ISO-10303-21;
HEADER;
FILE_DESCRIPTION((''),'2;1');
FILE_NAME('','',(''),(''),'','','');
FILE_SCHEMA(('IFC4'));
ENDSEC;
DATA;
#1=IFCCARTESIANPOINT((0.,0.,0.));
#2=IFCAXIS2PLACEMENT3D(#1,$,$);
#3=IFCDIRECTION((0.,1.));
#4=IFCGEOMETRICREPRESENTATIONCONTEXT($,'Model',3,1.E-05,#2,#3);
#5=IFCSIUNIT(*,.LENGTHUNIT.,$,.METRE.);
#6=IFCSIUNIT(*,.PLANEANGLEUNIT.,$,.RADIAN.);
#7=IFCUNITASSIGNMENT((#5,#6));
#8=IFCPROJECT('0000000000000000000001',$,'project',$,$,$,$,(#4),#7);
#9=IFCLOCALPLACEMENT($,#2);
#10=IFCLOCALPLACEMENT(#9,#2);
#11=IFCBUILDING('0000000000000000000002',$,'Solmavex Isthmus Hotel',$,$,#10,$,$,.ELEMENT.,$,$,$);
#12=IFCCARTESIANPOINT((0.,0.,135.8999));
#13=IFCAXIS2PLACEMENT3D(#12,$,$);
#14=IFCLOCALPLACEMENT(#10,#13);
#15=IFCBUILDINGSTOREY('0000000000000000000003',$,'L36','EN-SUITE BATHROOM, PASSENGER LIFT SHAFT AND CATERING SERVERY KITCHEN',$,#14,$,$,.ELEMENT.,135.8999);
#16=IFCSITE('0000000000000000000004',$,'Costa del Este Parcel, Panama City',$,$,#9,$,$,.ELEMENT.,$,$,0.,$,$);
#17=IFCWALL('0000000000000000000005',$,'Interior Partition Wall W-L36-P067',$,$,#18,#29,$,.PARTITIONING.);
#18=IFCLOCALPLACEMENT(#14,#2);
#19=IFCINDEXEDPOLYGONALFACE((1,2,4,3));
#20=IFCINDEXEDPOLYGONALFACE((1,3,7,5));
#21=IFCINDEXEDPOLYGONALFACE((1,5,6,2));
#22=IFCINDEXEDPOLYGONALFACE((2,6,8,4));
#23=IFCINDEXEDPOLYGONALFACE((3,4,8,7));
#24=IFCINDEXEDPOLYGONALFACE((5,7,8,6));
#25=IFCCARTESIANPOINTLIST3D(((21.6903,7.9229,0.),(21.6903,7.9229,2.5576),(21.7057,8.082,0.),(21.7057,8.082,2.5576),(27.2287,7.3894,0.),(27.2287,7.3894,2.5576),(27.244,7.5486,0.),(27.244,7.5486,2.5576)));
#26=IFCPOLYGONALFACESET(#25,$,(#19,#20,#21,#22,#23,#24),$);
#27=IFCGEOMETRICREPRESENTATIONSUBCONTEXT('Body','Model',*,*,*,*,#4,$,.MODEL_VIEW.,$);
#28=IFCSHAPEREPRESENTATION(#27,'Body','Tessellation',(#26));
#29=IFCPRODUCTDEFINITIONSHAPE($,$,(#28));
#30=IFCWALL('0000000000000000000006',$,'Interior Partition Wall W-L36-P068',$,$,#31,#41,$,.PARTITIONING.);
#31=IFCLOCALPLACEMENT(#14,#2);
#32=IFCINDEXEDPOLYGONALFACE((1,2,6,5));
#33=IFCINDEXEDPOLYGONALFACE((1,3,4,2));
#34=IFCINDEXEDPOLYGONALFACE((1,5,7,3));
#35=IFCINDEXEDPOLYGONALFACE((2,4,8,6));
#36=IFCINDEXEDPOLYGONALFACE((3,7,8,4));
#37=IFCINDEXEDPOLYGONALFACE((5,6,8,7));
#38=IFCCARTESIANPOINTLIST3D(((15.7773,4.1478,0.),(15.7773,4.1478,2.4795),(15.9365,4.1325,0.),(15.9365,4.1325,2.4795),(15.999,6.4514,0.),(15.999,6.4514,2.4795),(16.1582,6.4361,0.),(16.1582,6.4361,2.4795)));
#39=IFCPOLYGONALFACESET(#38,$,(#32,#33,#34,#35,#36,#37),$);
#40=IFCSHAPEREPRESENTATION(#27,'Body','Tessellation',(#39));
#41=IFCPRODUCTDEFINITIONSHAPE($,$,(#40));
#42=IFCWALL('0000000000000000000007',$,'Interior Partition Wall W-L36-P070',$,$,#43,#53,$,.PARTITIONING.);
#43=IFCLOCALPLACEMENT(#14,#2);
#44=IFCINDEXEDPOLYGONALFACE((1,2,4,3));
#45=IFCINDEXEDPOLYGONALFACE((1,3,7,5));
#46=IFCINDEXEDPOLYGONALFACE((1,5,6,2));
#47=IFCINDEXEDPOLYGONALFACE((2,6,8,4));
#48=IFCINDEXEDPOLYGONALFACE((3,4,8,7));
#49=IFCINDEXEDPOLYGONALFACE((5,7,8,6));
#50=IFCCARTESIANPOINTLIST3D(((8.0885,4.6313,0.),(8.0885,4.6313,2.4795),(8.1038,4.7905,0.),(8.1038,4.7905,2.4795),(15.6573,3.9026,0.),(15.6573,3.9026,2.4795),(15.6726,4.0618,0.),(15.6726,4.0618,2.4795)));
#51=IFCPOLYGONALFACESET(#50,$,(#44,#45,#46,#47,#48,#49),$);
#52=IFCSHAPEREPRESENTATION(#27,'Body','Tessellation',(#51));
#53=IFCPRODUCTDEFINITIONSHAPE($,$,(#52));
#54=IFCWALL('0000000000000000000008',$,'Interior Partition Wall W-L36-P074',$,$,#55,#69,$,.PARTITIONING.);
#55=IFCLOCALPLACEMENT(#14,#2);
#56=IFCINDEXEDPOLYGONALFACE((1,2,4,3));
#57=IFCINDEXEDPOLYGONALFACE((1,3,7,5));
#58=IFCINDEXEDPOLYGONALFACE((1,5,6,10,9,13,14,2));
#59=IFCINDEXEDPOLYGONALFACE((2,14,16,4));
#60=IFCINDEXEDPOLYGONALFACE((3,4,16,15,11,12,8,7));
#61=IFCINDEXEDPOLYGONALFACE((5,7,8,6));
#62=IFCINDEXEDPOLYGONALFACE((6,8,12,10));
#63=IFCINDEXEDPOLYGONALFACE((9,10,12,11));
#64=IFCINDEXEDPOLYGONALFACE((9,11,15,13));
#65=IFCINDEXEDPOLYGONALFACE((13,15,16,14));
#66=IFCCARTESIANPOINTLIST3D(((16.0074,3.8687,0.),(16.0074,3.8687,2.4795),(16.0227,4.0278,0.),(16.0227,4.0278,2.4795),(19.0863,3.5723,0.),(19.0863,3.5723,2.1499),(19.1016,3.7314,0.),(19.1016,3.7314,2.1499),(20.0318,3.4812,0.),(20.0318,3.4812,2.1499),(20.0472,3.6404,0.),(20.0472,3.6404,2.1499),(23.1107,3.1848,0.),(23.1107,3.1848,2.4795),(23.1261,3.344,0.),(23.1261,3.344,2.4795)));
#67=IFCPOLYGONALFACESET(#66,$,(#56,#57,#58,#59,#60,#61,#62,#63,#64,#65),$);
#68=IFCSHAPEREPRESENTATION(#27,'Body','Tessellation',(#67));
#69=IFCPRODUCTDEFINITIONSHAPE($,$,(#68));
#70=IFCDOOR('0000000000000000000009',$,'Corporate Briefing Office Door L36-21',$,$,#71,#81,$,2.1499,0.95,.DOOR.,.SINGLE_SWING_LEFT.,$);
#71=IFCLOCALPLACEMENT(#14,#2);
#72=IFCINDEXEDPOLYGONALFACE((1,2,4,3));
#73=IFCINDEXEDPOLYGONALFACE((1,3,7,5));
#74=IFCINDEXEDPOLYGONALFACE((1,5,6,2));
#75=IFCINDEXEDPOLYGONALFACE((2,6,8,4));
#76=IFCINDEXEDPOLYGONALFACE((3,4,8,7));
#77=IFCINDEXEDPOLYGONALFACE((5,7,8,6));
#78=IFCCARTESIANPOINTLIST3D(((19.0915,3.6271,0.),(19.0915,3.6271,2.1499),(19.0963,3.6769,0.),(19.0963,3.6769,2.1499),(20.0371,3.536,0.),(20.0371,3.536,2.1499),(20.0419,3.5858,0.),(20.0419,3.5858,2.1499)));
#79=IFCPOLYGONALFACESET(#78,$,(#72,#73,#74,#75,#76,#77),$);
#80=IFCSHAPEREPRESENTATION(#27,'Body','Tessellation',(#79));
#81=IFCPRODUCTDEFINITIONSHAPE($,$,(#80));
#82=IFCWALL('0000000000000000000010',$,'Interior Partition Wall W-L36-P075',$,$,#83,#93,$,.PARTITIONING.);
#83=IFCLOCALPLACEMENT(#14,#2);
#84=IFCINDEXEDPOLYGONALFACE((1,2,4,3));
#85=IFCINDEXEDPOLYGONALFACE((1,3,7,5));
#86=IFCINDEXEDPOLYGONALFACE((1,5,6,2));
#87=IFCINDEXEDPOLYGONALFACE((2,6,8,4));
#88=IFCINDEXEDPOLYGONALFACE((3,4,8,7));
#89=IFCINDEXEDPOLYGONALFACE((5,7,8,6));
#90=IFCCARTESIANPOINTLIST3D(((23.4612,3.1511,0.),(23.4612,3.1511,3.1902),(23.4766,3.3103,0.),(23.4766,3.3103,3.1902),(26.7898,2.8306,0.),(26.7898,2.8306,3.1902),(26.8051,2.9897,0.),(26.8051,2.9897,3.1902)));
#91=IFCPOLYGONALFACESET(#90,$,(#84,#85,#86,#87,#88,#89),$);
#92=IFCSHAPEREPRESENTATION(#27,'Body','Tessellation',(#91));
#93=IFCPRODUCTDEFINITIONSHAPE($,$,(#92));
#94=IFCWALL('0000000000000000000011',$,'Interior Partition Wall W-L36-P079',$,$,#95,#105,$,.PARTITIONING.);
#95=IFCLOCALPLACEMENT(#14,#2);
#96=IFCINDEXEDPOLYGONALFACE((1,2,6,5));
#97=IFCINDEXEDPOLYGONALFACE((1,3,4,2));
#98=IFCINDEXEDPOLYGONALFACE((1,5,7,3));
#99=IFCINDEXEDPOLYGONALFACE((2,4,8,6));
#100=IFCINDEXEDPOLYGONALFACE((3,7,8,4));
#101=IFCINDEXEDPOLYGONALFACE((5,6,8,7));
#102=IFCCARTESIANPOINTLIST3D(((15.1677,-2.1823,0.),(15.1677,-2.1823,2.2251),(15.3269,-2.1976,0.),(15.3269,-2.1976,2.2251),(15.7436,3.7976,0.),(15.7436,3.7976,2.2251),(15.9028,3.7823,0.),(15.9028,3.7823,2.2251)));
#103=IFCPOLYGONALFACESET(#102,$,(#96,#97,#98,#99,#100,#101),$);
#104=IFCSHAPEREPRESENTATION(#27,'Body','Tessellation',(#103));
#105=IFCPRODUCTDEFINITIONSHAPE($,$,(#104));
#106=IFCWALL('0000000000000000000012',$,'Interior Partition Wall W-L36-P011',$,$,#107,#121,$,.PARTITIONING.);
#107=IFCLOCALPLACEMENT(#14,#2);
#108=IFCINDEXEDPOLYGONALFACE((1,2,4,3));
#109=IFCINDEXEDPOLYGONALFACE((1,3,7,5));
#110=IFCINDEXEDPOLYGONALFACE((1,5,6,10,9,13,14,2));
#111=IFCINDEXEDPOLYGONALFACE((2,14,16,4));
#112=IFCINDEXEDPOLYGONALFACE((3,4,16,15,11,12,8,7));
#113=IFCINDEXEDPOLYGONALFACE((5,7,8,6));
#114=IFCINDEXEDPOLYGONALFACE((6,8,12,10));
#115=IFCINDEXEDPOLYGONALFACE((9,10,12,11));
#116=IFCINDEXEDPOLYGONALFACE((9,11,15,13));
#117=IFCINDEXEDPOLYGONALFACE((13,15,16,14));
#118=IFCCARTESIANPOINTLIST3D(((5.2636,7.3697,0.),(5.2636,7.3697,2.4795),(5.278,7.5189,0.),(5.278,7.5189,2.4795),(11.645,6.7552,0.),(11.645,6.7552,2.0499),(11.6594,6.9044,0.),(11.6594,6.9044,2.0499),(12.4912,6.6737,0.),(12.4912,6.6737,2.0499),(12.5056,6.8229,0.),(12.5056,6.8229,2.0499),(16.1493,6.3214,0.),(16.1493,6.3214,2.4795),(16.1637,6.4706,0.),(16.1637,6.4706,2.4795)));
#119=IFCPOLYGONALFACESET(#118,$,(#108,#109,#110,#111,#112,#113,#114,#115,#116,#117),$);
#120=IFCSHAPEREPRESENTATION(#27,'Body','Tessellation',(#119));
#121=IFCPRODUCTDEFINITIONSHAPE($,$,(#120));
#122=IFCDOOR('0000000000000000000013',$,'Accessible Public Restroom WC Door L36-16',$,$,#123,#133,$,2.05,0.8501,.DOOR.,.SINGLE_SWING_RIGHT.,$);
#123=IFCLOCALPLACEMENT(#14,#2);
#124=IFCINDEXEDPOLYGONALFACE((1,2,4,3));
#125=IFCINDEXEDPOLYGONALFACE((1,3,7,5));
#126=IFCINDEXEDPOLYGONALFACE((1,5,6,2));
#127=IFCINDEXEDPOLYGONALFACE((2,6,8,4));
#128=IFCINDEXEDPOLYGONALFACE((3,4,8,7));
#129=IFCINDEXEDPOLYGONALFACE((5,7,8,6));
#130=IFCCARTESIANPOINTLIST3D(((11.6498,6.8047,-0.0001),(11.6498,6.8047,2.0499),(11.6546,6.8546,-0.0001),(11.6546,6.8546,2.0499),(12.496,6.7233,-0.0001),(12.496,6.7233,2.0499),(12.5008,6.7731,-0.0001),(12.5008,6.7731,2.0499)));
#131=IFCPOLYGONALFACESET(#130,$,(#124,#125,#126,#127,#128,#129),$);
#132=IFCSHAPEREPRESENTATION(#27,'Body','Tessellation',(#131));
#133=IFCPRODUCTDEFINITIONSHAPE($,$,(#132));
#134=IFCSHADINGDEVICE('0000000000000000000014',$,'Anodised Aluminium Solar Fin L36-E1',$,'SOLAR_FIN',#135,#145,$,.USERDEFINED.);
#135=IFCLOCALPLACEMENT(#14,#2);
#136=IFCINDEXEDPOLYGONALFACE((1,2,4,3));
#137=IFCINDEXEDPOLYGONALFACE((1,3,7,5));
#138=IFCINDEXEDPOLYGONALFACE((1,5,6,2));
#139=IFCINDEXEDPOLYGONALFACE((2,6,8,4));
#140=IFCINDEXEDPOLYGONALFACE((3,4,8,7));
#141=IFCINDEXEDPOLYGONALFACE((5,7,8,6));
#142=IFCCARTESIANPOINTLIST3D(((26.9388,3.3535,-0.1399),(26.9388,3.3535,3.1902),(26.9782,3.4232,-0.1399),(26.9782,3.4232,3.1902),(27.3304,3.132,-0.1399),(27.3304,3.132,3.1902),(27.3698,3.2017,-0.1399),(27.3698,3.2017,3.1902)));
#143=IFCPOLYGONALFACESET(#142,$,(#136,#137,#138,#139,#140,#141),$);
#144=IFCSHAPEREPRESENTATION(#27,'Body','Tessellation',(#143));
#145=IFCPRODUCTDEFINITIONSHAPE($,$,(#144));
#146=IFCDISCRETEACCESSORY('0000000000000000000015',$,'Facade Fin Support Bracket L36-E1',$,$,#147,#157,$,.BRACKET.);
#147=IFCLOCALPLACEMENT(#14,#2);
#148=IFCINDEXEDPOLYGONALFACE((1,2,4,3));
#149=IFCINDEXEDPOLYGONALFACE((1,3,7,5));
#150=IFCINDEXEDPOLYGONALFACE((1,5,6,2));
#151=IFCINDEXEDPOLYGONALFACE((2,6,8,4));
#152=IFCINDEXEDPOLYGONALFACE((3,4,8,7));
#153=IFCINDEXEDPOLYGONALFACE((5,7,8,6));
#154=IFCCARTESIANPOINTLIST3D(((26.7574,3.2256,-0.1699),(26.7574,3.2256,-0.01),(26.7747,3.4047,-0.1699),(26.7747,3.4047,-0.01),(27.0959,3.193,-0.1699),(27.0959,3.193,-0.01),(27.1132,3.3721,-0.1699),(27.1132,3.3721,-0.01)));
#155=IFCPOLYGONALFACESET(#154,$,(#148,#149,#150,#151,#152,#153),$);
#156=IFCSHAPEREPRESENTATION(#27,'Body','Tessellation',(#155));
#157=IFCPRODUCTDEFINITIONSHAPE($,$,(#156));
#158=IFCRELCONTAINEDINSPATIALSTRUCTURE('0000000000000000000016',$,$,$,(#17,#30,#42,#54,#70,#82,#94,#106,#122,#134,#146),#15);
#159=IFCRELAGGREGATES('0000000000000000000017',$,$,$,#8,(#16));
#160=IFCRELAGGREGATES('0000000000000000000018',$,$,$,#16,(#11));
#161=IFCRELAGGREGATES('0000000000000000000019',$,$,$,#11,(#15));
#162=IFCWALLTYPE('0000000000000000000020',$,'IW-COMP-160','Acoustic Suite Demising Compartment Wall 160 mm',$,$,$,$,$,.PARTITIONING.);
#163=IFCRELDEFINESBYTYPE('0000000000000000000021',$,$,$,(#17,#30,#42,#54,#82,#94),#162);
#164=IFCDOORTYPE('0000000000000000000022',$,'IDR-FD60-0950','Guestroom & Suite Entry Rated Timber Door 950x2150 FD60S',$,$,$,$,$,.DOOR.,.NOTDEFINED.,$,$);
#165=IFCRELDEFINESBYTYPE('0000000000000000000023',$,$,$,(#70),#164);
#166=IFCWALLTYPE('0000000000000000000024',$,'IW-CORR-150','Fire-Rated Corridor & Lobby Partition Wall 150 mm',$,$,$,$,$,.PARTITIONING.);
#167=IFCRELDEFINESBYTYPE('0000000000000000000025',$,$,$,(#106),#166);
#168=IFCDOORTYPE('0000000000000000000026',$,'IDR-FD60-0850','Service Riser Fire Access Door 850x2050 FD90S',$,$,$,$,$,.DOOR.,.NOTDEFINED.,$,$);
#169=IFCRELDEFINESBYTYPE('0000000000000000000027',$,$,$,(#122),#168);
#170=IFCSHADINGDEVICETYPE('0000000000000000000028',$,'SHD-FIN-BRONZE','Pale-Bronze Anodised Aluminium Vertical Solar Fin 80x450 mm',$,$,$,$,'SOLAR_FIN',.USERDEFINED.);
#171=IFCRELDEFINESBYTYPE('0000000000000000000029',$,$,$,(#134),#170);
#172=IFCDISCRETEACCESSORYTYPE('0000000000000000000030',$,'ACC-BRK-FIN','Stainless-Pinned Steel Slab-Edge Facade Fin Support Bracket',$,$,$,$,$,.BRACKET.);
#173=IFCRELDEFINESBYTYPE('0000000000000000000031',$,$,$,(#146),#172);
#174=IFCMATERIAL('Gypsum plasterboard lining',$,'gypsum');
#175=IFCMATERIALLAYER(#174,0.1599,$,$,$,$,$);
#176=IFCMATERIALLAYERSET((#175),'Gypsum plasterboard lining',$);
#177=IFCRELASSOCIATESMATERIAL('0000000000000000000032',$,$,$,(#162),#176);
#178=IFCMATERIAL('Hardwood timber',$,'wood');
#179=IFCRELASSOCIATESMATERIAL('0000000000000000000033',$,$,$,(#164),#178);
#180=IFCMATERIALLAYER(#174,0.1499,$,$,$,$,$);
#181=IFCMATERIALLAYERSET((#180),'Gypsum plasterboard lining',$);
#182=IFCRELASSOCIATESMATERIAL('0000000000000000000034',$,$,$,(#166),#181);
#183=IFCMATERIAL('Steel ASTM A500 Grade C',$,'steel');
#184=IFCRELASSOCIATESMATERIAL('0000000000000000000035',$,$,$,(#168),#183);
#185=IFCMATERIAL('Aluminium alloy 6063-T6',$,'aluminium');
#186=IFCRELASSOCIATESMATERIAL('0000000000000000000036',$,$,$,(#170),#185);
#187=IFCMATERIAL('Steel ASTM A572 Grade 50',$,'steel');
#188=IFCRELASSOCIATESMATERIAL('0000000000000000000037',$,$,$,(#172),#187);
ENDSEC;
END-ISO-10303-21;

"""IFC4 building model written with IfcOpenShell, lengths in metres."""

from ifc_helpers import new_model, si_unit, direction, frame, frame_2d, origin, origin_2d, place, context, subcontext, project, spatial, rectangle, extrude, material, layer, layer_set, type_object, element, fill, save


model = new_model("IFC4")

# Units and contexts
model_context = context("Model", 3, precision=1e-05, world=origin(), true_north=direction((0.0, 1.0)))
body_context = subcontext(model_context, "Body", "Model", "MODEL_VIEW")
ifc_project = project(units=[si_unit("LENGTHUNIT", "METRE"), si_unit("PLANEANGLEUNIT", "RADIAN")], contexts=[model_context])

# Site, building, storey
site_placement = place(None, origin())
site = spatial("IfcSite", under=ifc_project, at=site_placement, Name="Costa del Este Parcel, Panama City", CompositionType="ELEMENT", RefElevation=0.0)
building_placement = place(site_placement, origin())
building = spatial("IfcBuilding", under=site, at=building_placement, Name="Solmavex Isthmus Hotel", CompositionType="ELEMENT")
storey_placement = place(building_placement, frame((0.0, 0.0, 135.8999)))
storey = spatial("IfcBuildingStorey", under=building, at=storey_placement, Name="L36", Description="EN-SUITE BATHROOM, PASSENGER LIFT SHAFT AND CATERING SERVERY KITCHEN", CompositionType="ELEMENT", Elevation=135.8999)

# Shared definitions
ifc_material_1 = material(Name="Steel ASTM A572 Grade 50", Category="steel")

# Shared definitions
ifc_material_2 = material(Name="Aluminium alloy 6063-T6", Category="aluminium")

# Walls
ifc_material_3 = material(Name="Gypsum plasterboard lining", Category="gypsum")
ifc_layer_1 = layer(ifc_material_3, 0.1599)
ifc_layer_set_1 = layer_set([ifc_layer_1], Name="Gypsum plasterboard lining")
wall_type_1 = type_object("IfcWallType", Name="IW-COMP-160", Description="Acoustic Suite Demising Compartment Wall 160 mm", PredefinedType="PARTITIONING", material=ifc_layer_set_1)
wall_1_placement = place(storey_placement, frame((27.2363, 7.469, 0.0), z_axis=(0.0, 0.0, 1.0), x_axis=(-0.995393, 0.095875, 0.0)))
element("IfcWall", 1, at=wall_1_placement, inside=storey, type_object=wall_type_1, Name="Interior Partition Wall W-L36-P067", PredefinedType="PARTITIONING", context=body_context, shape_type="SweptSolid", body=[
    extrude(rectangle(XDim=5.564, YDim=0.1599, at=frame_2d((2.782, 0.0))), origin(), (0.0, 0.0, 1.0), 2.5576),
])
wall_2_placement = place(storey_placement, frame((16.0786, 6.4438, 0.0), z_axis=(0.0, 0.0, 1.0), x_axis=(-0.095795, -0.995401, 0.0)))
element("IfcWall", 2, at=wall_2_placement, inside=storey, type_object=wall_type_1, Name="Interior Partition Wall W-L36-P068", PredefinedType="PARTITIONING", context=body_context, shape_type="SweptSolid", body=[
    extrude(rectangle(XDim=2.3142, YDim=0.1599, at=frame_2d((1.1572, 0.0))), origin(), (0.0, 0.0, 1.0), 2.4795),
])
wall_3_placement = place(storey_placement, frame((15.6648, 3.9822, 0.0), z_axis=(0.0, 0.0, 1.0), x_axis=(-0.995397, 0.095841, 0.0)))
element("IfcWall", 3, at=wall_3_placement, inside=storey, type_object=wall_type_1, Name="Interior Partition Wall W-L36-P070", PredefinedType="PARTITIONING", context=body_context, shape_type="SweptSolid", body=[
    extrude(rectangle(XDim=7.6038, YDim=0.1599, at=frame_2d((3.8018, 0.0))), origin(), (0.0, 0.0, 1.0), 2.4795),
])

# Wall, opening, door
wall_4_placement = place(storey_placement, frame((23.1184, 3.2644, 0.0), z_axis=(0.0, 0.0, 1.0), x_axis=(-0.995398, 0.095828, 0.0)))
wall_4 = element("IfcWall", 4, at=wall_4_placement, inside=storey, type_object=wall_type_1, Name="Interior Partition Wall W-L36-P074", PredefinedType="PARTITIONING", context=body_context, shape_type="SweptSolid", body=[
    extrude(rectangle(XDim=7.1362, YDim=0.1599, at=frame_2d((3.5681, 0.0))), origin(), (0.0, 0.0, 1.0), 2.4795),
])
opening_1_placement = place(wall_4_placement, frame((3.093, 0.0, 0.0)))
opening_1 = element("IfcOpeningElement", 5, at=opening_1_placement, cuts=wall_4, PredefinedType="OPENING", context=body_context, shape_type="SweptSolid", body=[
    extrude(rectangle(XDim=0.95, YDim=2.1499, at=frame_2d((0.4751, 1.075))), frame((0.0, 0.0898, 0.0), z_axis=(0.0, -1.0, 0.0), x_axis=(1.0, 0.0, 0.0)), (0.0, 0.0, 1.0), 0.1799),
])
ifc_material_4 = material(Name="Hardwood timber", Category="wood")
door_type_1 = type_object("IfcDoorType", Name="IDR-FD60-0950", Description="Guestroom & Suite Entry Rated Timber Door 950x2150 FD60S", OperationType="NOTDEFINED", PredefinedType="DOOR", material=ifc_material_4)
door_1_placement = place(opening_1_placement, origin())
door_1 = element("IfcDoor", 6, at=door_1_placement, inside=storey, type_object=door_type_1, Name="Corporate Briefing Office Door L36-21", OperationType="SINGLE_SWING_LEFT", OverallHeight=2.1499, OverallWidth=0.95, PredefinedType="DOOR", context=body_context, shape_type="SweptSolid", body=[
    extrude(rectangle(XDim=0.95, YDim=2.1499, at=frame_2d((0.4751, 1.075))), frame((0.0, 0.0249, 0.0), z_axis=(0.0, -1.0, 0.0), x_axis=(1.0, 0.0, 0.0)), (0.0, 0.0, 1.0), 0.05),
])
fill(opening_1, door_1)

# Walls
wall_5_placement = place(storey_placement, frame((26.7974, 2.9102, 0.0), z_axis=(0.0, 0.0, 1.0), x_axis=(-0.995395, 0.09586, 0.0)))
element("IfcWall", 7, at=wall_5_placement, inside=storey, type_object=wall_type_1, Name="Interior Partition Wall W-L36-P075", PredefinedType="PARTITIONING", context=body_context, shape_type="SweptSolid", body=[
    extrude(rectangle(XDim=3.344, YDim=0.1599, at=frame_2d((1.6719, 0.0))), origin(), (0.0, 0.0, 1.0), 3.1902),
])
wall_6_placement = place(storey_placement, frame((15.8232, 3.79, 0.0), z_axis=(0.0, 0.0, 1.0), x_axis=(-0.095866, -0.995394, 0.0)))
element("IfcWall", 8, at=wall_6_placement, inside=storey, type_object=wall_type_1, Name="Interior Partition Wall W-L36-P079", PredefinedType="PARTITIONING", context=body_context, shape_type="SweptSolid", body=[
    extrude(rectangle(XDim=6.0076, YDim=0.1599, at=frame_2d((3.0039, 0.0))), origin(), (0.0, 0.0, 1.0), 2.2251),
])

# Wall, opening, door
ifc_layer_2 = layer(ifc_material_3, 0.1499)
ifc_layer_set_2 = layer_set([ifc_layer_2], Name="Gypsum plasterboard lining")
wall_type_2 = type_object("IfcWallType", Name="IW-CORR-150", Description="Fire-Rated Corridor & Lobby Partition Wall 150 mm", PredefinedType="PARTITIONING", material=ifc_layer_set_2)
wall_7_placement = place(storey_placement, frame((16.1565, 6.396, 0.0), z_axis=(0.0, 0.0, 1.0), x_axis=(-0.995395, 0.09586, 0.0)))
wall_7 = element("IfcWall", 9, at=wall_7_placement, inside=storey, type_object=wall_type_2, Name="Interior Partition Wall W-L36-P011", PredefinedType="PARTITIONING", context=body_context, shape_type="SweptSolid", body=[
    extrude(rectangle(XDim=10.936, YDim=0.1499, at=frame_2d((5.468, 0.0))), origin(), (0.0, 0.0, 1.0), 2.4795),
])
opening_2_placement = place(wall_7_placement, frame((3.675, 0.0, 0.0)))
opening_2 = element("IfcOpeningElement", 10, at=opening_2_placement, cuts=wall_7, PredefinedType="OPENING", context=body_context, shape_type="SweptSolid", body=[
    extrude(rectangle(XDim=0.8501, YDim=2.05, at=frame_2d((0.425, 1.0249))), frame((0.0, 0.085, 0.0), z_axis=(0.0, -1.0, 0.0), x_axis=(1.0, 0.0, 0.0)), (0.0, 0.0, 1.0), 0.1699),
])
ifc_material_5 = material(Name="Steel ASTM A500 Grade C", Category="steel")
door_type_2 = type_object("IfcDoorType", Name="IDR-FD60-0850", Description="Service Riser Fire Access Door 850x2050 FD90S", OperationType="NOTDEFINED", PredefinedType="DOOR", material=ifc_material_5)
door_2_placement = place(opening_2_placement, frame((0.8501, 0.0, 0.0), z_axis=(0.0, 0.0, 1.0), x_axis=(-1.0, 0.0, 0.0)))
door_2 = element("IfcDoor", 11, at=door_2_placement, inside=storey, type_object=door_type_2, Name="Accessible Public Restroom WC Door L36-16", OperationType="SINGLE_SWING_RIGHT", OverallHeight=2.05, OverallWidth=0.8501, PredefinedType="DOOR", context=body_context, shape_type="SweptSolid", body=[
    extrude(rectangle(XDim=0.8501, YDim=2.05, at=frame_2d((0.425, 1.0249))), frame((0.0, 0.0249, 0.0), z_axis=(0.0, -1.0, 0.0), x_axis=(1.0, 0.0, 0.0)), (0.0, 0.0, 1.0), 0.05),
])
fill(opening_2, door_2)

# Shading device
shading_device_type = type_object("IfcShadingDeviceType", Name="SHD-FIN-BRONZE", Description="Pale-Bronze Anodised Aluminium Vertical Solar Fin 80x450 mm", ElementType="SOLAR_FIN", PredefinedType="USERDEFINED", material=ifc_material_2)
shading_device_placement = place(storey_placement, frame((27.1543, 3.2776, -0.1399), z_axis=(0.0, 0.0, 1.0), x_axis=(0.870356, -0.492424, 0.0)))
element("IfcShadingDevice", 12, at=shading_device_placement, inside=storey, type_object=shading_device_type, Name="Anodised Aluminium Solar Fin L36-E1", ObjectType="SOLAR_FIN", PredefinedType="USERDEFINED", context=body_context, shape_type="SweptSolid", body=[
    extrude(rectangle(XDim=0.45, YDim=0.0801, at=origin_2d()), origin(), (0.0, 0.0, 1.0), 3.3301),
])

# Discrete accessory
discrete_accessory_type = type_object("IfcDiscreteAccessoryType", Name="ACC-BRK-FIN", Description="Stainless-Pinned Steel Slab-Edge Facade Fin Support Bracket", PredefinedType="BRACKET", material=ifc_material_1)
discrete_accessory_placement = place(storey_placement, frame((26.9353, 3.2988, -0.1699), z_axis=(0.0, 0.0, 1.0), x_axis=(0.995396, -0.095846, 0.0)))
element("IfcDiscreteAccessory", 13, at=discrete_accessory_placement, inside=storey, type_object=discrete_accessory_type, Name="Facade Fin Support Bracket L36-E1", PredefinedType="BRACKET", context=body_context, shape_type="SweptSolid", body=[
    extrude(rectangle(XDim=0.3401, YDim=0.1799, at=origin_2d()), origin(), (0.0, 0.0, 1.0), 0.1599),
])

save(model, "model.ifc")
